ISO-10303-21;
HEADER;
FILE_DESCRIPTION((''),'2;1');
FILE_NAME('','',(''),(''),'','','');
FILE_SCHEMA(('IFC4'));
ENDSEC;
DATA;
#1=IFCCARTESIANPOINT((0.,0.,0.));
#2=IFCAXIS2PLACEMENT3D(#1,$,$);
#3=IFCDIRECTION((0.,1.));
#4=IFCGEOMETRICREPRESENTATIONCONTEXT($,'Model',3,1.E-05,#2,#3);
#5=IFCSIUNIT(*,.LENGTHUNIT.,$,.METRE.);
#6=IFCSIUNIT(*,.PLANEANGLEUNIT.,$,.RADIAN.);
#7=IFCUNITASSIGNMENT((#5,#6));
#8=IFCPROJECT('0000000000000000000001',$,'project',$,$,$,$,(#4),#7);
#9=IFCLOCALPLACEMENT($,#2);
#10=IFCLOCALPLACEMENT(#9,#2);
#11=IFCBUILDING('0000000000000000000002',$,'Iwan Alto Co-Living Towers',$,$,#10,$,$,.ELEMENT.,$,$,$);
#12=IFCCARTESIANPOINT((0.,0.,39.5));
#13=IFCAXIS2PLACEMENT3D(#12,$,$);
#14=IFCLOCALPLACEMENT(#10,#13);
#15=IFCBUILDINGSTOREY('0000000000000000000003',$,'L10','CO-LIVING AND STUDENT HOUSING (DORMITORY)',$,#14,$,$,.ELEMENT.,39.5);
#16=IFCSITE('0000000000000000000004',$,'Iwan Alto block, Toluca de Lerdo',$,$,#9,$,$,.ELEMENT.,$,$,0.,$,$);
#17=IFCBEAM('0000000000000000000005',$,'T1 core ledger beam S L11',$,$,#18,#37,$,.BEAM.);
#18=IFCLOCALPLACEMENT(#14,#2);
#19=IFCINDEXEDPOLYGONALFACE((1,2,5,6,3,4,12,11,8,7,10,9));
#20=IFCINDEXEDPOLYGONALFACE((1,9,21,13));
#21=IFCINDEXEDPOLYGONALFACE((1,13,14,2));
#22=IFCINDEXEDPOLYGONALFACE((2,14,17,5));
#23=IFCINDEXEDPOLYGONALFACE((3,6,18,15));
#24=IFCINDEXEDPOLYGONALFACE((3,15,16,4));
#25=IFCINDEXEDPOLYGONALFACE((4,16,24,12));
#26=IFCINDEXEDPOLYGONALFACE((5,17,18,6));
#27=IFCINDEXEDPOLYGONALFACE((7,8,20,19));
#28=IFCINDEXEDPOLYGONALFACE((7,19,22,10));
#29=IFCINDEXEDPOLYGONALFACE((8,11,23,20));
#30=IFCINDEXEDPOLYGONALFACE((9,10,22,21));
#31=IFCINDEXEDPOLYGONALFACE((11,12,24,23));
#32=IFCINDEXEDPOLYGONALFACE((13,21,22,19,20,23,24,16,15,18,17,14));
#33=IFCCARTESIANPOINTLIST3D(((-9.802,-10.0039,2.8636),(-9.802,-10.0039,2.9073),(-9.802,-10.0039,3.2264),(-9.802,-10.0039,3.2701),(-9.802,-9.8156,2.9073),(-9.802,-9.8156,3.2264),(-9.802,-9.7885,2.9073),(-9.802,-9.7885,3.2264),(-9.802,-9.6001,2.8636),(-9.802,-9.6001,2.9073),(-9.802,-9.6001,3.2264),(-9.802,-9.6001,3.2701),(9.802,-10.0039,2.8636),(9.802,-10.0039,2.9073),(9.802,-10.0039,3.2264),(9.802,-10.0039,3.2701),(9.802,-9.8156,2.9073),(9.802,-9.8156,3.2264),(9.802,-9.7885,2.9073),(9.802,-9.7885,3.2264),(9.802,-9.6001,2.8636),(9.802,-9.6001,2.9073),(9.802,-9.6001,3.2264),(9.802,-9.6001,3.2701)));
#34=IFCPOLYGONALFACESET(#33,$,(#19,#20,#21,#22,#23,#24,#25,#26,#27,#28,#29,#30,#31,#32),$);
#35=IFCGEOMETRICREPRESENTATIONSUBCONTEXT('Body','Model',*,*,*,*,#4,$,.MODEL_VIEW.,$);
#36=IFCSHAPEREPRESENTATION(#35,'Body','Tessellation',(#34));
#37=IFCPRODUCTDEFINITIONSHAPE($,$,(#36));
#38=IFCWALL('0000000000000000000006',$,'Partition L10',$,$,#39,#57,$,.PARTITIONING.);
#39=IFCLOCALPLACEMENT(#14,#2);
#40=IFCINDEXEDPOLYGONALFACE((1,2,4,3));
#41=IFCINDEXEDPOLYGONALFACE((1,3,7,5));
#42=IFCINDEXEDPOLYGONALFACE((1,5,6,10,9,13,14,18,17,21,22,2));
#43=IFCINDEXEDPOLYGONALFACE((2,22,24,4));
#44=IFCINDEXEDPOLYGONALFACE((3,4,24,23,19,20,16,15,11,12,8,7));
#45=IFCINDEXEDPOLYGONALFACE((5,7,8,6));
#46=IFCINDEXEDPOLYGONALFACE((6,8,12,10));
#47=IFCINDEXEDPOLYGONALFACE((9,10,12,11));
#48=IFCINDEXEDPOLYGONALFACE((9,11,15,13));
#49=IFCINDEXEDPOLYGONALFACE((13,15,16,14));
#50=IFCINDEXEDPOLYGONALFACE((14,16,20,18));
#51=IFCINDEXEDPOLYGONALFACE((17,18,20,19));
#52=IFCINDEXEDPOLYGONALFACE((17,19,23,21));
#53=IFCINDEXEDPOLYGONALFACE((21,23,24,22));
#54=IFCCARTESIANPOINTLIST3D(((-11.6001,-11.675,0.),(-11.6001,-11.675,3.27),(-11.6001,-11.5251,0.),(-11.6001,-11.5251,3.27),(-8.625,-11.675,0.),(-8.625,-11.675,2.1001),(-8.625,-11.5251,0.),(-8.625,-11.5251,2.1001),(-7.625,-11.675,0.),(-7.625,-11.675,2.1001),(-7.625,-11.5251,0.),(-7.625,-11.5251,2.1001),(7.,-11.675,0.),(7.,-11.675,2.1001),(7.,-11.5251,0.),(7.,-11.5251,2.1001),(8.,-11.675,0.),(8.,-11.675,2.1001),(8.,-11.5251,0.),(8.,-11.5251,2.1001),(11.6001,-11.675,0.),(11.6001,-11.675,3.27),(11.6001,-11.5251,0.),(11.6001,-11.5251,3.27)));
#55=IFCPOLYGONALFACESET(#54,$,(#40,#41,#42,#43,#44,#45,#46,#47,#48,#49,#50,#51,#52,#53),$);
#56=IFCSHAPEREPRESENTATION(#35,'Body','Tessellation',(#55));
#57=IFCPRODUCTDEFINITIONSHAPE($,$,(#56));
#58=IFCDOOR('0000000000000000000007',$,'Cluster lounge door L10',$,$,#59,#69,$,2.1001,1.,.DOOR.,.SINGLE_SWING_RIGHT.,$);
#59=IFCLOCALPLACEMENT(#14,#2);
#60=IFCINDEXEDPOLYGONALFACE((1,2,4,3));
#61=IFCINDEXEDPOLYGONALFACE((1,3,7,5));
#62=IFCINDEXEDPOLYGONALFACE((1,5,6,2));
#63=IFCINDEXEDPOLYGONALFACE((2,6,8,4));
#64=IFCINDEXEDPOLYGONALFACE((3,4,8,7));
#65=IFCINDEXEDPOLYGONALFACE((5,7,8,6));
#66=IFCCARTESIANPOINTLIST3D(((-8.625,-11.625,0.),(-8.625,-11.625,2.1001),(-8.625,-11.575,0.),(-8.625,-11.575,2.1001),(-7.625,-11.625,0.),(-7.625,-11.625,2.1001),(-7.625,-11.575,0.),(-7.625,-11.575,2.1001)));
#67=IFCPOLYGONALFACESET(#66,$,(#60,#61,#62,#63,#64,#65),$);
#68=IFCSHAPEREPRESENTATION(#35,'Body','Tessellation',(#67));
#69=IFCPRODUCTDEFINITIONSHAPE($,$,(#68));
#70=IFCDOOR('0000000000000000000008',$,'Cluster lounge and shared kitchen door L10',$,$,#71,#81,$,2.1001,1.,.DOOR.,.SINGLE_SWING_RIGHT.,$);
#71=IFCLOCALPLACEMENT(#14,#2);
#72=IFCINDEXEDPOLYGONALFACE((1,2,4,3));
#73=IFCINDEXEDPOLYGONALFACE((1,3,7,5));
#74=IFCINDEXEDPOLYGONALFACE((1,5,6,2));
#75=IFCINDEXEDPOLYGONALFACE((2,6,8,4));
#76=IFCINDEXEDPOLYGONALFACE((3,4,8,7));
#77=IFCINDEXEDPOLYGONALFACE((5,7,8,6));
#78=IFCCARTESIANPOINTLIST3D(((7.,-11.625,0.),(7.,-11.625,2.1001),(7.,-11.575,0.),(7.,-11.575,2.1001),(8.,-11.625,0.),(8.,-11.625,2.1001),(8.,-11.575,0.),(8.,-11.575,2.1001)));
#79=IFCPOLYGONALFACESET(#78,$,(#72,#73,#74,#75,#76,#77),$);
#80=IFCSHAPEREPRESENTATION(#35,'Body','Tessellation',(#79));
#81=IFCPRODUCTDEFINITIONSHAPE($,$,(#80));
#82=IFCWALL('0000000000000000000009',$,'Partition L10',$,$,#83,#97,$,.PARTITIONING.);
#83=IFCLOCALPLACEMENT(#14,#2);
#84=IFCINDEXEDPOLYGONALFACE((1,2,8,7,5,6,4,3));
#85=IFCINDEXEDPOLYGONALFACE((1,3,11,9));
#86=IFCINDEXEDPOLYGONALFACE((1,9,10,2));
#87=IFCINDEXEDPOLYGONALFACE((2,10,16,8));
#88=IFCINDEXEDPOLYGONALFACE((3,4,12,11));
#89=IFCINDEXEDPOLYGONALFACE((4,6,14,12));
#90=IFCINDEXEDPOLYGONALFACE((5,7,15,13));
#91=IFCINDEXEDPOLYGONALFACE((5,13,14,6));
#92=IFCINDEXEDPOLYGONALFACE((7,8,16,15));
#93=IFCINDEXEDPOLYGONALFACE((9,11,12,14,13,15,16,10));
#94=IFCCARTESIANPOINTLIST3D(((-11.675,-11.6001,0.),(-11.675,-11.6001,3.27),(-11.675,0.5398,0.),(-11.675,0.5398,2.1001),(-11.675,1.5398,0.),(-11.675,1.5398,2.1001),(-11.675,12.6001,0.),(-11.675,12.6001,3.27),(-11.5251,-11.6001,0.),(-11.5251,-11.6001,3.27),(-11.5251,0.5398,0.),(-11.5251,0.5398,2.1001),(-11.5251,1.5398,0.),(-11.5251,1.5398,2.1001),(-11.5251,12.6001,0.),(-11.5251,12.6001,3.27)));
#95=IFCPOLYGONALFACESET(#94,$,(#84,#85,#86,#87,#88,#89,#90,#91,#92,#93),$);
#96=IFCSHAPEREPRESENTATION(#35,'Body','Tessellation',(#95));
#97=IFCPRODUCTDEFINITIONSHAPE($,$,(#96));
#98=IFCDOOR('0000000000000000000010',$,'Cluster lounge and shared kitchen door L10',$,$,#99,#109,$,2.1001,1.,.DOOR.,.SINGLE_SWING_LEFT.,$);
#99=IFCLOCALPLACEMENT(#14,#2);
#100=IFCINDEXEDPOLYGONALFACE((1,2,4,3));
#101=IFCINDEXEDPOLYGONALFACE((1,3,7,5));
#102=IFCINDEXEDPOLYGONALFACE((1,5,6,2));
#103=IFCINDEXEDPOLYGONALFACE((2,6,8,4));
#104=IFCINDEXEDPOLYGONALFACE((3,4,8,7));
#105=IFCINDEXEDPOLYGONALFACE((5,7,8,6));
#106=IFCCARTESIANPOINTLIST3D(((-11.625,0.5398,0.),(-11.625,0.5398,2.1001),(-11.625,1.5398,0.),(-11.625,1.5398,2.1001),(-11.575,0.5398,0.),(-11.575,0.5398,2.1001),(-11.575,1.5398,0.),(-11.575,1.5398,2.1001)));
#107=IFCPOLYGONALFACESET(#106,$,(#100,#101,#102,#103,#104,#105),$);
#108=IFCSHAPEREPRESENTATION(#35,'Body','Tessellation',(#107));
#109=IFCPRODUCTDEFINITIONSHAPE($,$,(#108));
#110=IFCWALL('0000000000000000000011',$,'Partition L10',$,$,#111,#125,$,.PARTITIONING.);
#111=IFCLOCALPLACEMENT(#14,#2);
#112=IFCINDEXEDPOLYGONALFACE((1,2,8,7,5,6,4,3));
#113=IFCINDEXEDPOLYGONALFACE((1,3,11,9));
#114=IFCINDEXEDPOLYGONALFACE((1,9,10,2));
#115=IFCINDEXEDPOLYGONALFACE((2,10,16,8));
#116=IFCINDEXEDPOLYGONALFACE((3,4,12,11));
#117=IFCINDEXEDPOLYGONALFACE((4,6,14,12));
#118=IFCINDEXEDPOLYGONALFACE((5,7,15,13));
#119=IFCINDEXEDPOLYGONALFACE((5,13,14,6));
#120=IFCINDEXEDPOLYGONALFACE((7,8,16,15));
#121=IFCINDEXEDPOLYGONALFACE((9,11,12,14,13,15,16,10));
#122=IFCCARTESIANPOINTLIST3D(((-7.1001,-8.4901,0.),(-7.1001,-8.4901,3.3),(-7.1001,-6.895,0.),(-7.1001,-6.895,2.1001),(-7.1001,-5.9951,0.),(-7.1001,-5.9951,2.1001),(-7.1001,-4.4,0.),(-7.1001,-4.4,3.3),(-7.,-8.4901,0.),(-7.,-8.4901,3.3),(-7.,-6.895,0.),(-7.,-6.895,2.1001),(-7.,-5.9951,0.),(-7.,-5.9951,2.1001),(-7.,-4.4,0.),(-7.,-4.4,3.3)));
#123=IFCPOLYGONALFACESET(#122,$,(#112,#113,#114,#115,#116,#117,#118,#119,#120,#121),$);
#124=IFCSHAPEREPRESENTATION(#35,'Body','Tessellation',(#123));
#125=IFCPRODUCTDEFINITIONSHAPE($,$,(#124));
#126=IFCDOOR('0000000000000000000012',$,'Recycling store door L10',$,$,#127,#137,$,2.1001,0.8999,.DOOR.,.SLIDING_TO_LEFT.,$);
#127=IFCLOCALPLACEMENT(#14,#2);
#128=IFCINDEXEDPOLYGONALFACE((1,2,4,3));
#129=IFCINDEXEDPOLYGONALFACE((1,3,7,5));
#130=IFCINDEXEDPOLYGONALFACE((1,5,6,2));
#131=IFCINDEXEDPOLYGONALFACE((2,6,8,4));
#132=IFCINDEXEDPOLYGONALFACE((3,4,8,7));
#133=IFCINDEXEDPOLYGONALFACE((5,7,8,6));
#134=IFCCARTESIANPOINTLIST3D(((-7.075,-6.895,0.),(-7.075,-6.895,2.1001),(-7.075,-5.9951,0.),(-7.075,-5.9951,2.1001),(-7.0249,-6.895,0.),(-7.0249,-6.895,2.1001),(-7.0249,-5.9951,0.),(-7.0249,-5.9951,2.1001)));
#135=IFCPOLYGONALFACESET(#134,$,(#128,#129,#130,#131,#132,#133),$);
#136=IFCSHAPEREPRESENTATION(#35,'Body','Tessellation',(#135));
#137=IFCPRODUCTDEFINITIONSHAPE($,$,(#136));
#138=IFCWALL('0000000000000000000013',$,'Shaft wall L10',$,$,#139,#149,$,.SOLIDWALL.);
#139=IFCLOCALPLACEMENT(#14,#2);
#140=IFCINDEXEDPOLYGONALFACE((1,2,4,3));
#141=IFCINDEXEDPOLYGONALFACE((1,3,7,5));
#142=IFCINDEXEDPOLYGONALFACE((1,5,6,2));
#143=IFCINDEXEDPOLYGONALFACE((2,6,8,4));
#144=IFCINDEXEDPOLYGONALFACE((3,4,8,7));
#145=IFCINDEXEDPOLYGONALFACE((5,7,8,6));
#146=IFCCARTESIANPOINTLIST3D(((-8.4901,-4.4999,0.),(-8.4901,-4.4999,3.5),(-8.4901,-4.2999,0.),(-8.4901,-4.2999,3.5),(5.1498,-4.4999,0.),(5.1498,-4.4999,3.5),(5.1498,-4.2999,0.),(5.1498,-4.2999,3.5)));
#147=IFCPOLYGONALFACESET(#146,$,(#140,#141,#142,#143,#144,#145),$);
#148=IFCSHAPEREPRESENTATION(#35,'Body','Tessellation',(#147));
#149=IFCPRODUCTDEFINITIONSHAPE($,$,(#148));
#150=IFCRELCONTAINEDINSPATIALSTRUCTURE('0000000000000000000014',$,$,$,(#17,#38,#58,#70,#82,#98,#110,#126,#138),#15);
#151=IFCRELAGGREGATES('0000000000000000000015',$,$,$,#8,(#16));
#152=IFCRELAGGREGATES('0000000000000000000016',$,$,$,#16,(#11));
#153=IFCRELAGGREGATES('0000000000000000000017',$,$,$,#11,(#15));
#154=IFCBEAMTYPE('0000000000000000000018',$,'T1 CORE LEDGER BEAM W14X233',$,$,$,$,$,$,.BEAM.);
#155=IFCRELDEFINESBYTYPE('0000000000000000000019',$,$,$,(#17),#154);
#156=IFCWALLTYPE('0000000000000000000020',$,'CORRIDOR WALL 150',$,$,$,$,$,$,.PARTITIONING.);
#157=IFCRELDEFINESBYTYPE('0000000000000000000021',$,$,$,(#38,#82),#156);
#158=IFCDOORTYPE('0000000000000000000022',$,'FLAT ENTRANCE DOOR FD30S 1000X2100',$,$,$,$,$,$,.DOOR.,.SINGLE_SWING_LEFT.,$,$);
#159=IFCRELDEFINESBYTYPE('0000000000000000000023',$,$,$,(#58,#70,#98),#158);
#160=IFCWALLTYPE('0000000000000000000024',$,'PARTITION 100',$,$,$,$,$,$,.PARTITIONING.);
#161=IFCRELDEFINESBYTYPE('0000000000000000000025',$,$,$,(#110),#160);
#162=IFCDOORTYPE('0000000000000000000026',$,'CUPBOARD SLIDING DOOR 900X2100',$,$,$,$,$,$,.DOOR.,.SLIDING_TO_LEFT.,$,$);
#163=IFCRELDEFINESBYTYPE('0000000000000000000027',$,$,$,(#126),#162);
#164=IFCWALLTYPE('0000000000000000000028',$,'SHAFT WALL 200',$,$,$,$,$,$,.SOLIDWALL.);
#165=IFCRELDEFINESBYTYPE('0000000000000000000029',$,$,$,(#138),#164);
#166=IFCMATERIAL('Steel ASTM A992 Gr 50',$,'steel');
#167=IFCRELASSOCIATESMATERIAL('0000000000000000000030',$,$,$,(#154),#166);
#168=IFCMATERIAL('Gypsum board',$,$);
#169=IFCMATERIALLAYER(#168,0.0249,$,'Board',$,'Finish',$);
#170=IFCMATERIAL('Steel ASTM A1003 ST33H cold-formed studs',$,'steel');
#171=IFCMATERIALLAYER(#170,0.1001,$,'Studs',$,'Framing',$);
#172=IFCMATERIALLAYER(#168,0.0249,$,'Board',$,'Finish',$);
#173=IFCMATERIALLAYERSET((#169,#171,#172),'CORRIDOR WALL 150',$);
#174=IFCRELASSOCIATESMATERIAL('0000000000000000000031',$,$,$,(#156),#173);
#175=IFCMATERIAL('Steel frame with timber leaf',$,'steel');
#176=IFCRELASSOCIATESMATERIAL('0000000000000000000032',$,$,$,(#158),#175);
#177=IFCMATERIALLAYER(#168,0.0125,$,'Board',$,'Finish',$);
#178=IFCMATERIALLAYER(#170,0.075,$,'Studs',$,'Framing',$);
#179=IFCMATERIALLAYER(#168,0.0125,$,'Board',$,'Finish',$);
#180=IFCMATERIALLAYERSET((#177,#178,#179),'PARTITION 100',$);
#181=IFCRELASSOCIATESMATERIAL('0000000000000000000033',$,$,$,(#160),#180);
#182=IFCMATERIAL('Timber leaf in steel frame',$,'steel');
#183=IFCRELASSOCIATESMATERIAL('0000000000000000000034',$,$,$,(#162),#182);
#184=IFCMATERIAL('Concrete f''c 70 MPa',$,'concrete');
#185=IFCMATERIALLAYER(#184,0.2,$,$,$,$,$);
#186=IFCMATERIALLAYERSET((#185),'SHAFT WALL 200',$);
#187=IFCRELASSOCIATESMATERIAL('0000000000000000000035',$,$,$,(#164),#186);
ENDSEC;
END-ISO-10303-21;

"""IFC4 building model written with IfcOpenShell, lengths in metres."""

from ifc_helpers import new_model, si_unit, direction, frame, frame_2d, origin, origin_2d, place, context, subcontext, project, spatial, rectangle, i_section, extrude, material, layer, layer_set, material_profile, profile_set, type_object, element, fill, save


model = new_model("IFC4")

# Units and contexts
model_context = context("Model", 3, precision=1e-05, world=origin(), true_north=direction((0.0, 1.0)))
body_context = subcontext(model_context, "Body", "Model", "MODEL_VIEW")
ifc_project = project(units=[si_unit("LENGTHUNIT", "METRE"), si_unit("PLANEANGLEUNIT", "RADIAN")], contexts=[model_context])

# Site, building, storey
site_placement = place(None, origin())
site = spatial("IfcSite", under=ifc_project, at=site_placement, Name="Iwan Alto block, Toluca de Lerdo", CompositionType="ELEMENT", RefElevation=0.0)
building_placement = place(site_placement, origin())
building = spatial("IfcBuilding", under=site, at=building_placement, Name="Iwan Alto Co-Living Towers", CompositionType="ELEMENT")
storey_placement = place(building_placement, frame((0.0, 0.0, 39.5)))
storey = spatial("IfcBuildingStorey", under=building, at=storey_placement, Name="L10", Description="CO-LIVING AND STUDENT HOUSING (DORMITORY)", CompositionType="ELEMENT", Elevation=39.5)

# Beam
ifc_material_1 = material(Name="Steel ASTM A992 Gr 50", Category="steel")
ifc_material_profile = material_profile(ifc_material_1, i_section(OverallWidth=0.4038, OverallDepth=0.4065, WebThickness=0.0271, FlangeThickness=0.0437, at=origin_2d()), Name="W14X233")
ifc_profile_set = profile_set([ifc_material_profile], Name="Steel ASTM A992 Gr 50")
beam_type = type_object("IfcBeamType", Name="T1 CORE LEDGER BEAM W14X233", PredefinedType="BEAM", material=ifc_profile_set)
beam_placement = place(storey_placement, frame((-9.802, -9.802, 3.0669), z_axis=(1.0, 0.0, 0.0), x_axis=(0.0, 1.0, 0.0)))
element("IfcBeam", 1, at=beam_placement, inside=storey, type_object=beam_type, Name="T1 core ledger beam S L11", PredefinedType="BEAM", context=body_context, shape_type="SweptSolid", body=[
    extrude(i_section(OverallWidth=0.4038, OverallDepth=0.4065, WebThickness=0.0271, FlangeThickness=0.0437, at=origin_2d()), origin(), (0.0, 0.0, 1.0), 19.604),
])

# Wall, openings, doors
ifc_material_2 = material(Name="Gypsum board")
ifc_layer_1 = layer(ifc_material_2, 0.0249, Name="Board", Category="Finish")
ifc_material_3 = material(Name="Steel ASTM A1003 ST33H cold-formed studs", Category="steel")
ifc_layer_2 = layer(ifc_material_3, 0.1001, Name="Studs", Category="Framing")
ifc_layer_3 = layer(ifc_material_2, 0.0249, Name="Board", Category="Finish")
ifc_layer_set_1 = layer_set([ifc_layer_1, ifc_layer_2, ifc_layer_3], Name="CORRIDOR WALL 150")
wall_type_1 = type_object("IfcWallType", Name="CORRIDOR WALL 150", PredefinedType="PARTITIONING", material=ifc_layer_set_1)
wall_1_placement = place(storey_placement, frame((-11.6001, -11.6001, 0.0), z_axis=(0.0, 0.0, 1.0), x_axis=(1.0, 0.0, 0.0)))
wall_1 = element("IfcWall", 2, at=wall_1_placement, inside=storey, type_object=wall_type_1, Name="Partition L10", PredefinedType="PARTITIONING", context=body_context, shape_type="SweptSolid", body=[
    extrude(rectangle(XDim=23.2002, YDim=0.1499, at=frame_2d((11.6001, 0.0))), origin(), (0.0, 0.0, 1.0), 3.27),
])
opening_1_placement = place(wall_1_placement, frame((2.9751, 0.0, 0.0)))
opening_1 = element("IfcOpeningElement", 3, at=opening_1_placement, cuts=wall_1, PredefinedType="OPENING", context=body_context, shape_type="SweptSolid", body=[
    extrude(rectangle(XDim=1.0, YDim=2.1001, at=frame_2d((0.5, 1.05))), frame((0.0, 0.085, 0.0), z_axis=(0.0, -1.0, 0.0), x_axis=(1.0, 0.0, 0.0)), (0.0, 0.0, 1.0), 0.1699),
])
opening_2_placement = place(wall_1_placement, frame((18.6001, 0.0, 0.0)))
opening_2 = element("IfcOpeningElement", 4, at=opening_2_placement, cuts=wall_1, PredefinedType="OPENING", context=body_context, shape_type="SweptSolid", body=[
    extrude(rectangle(XDim=1.0, YDim=2.1001, at=frame_2d((0.5, 1.05))), frame((0.0, 0.085, 0.0), z_axis=(0.0, -1.0, 0.0), x_axis=(1.0, 0.0, 0.0)), (0.0, 0.0, 1.0), 0.1699),
])
ifc_material_4 = material(Name="Steel frame with timber leaf", Category="steel")
door_type_1 = type_object("IfcDoorType", Name="FLAT ENTRANCE DOOR FD30S 1000X2100", OperationType="SINGLE_SWING_LEFT", PredefinedType="DOOR", material=ifc_material_4)
door_1_placement = place(opening_1_placement, frame((1.0, 0.0, 0.0), z_axis=(0.0, 0.0, 1.0), x_axis=(-1.0, 0.0, 0.0)))
door_1 = element("IfcDoor", 5, at=door_1_placement, inside=storey, type_object=door_type_1, Name="Cluster lounge door L10", OperationType="SINGLE_SWING_RIGHT", OverallHeight=2.1001, OverallWidth=1.0, PredefinedType="DOOR", context=body_context, shape_type="SweptSolid", body=[
    extrude(rectangle(XDim=1.0, YDim=2.1001, at=frame_2d((0.5, 1.05))), frame((0.0, 0.0249, 0.0), z_axis=(0.0, -1.0, 0.0), x_axis=(1.0, 0.0, 0.0)), (0.0, 0.0, 1.0), 0.05),
])
fill(opening_1, door_1)
door_2_placement = place(opening_2_placement, frame((1.0, 0.0, 0.0), z_axis=(0.0, 0.0, 1.0), x_axis=(-1.0, 0.0, 0.0)))
door_2 = element("IfcDoor", 6, at=door_2_placement, inside=storey, type_object=door_type_1, Name="Cluster lounge and shared kitchen door L10", OperationType="SINGLE_SWING_RIGHT", OverallHeight=2.1001, OverallWidth=1.0, PredefinedType="DOOR", context=body_context, shape_type="SweptSolid", body=[
    extrude(rectangle(XDim=1.0, YDim=2.1001, at=frame_2d((0.5, 1.05))), frame((0.0, 0.0249, 0.0), z_axis=(0.0, -1.0, 0.0), x_axis=(1.0, 0.0, 0.0)), (0.0, 0.0, 1.0), 0.05),
])
fill(opening_2, door_2)

# Walls, openings, doors
wall_2_placement = place(storey_placement, frame((-11.6001, -11.6001, 0.0), z_axis=(0.0, 0.0, 1.0), x_axis=(0.0, 1.0, 0.0)))
wall_2 = element("IfcWall", 7, at=wall_2_placement, inside=storey, type_object=wall_type_1, Name="Partition L10", PredefinedType="PARTITIONING", context=body_context, shape_type="SweptSolid", body=[
    extrude(rectangle(XDim=24.2002, YDim=0.1499, at=frame_2d((12.1001, 0.0))), origin(), (0.0, 0.0, 1.0), 3.27),
])
opening_3_placement = place(wall_2_placement, frame((12.1399, 0.0, 0.0)))
opening_3 = element("IfcOpeningElement", 8, at=opening_3_placement, cuts=wall_2, PredefinedType="OPENING", context=body_context, shape_type="SweptSolid", body=[
    extrude(rectangle(XDim=1.0, YDim=2.1001, at=frame_2d((0.5, 1.05))), frame((0.0, 0.085, 0.0), z_axis=(0.0, -1.0, 0.0), x_axis=(1.0, 0.0, 0.0)), (0.0, 0.0, 1.0), 0.1699),
])
door_3_placement = place(opening_3_placement, origin())
door_3 = element("IfcDoor", 9, at=door_3_placement, inside=storey, type_object=door_type_1, Name="Cluster lounge and shared kitchen door L10", OperationType="SINGLE_SWING_LEFT", OverallHeight=2.1001, OverallWidth=1.0, PredefinedType="DOOR", context=body_context, shape_type="SweptSolid", body=[
    extrude(rectangle(XDim=1.0, YDim=2.1001, at=frame_2d((0.5, 1.05))), frame((0.0, 0.0249, 0.0), z_axis=(0.0, -1.0, 0.0), x_axis=(1.0, 0.0, 0.0)), (0.0, 0.0, 1.0), 0.05),
])
fill(opening_3, door_3)
ifc_layer_4 = layer(ifc_material_2, 0.0125, Name="Board", Category="Finish")
ifc_layer_5 = layer(ifc_material_3, 0.075, Name="Studs", Category="Framing")
ifc_layer_6 = layer(ifc_material_2, 0.0125, Name="Board", Category="Finish")
ifc_layer_set_2 = layer_set([ifc_layer_4, ifc_layer_5, ifc_layer_6], Name="PARTITION 100")
wall_type_2 = type_object("IfcWallType", Name="PARTITION 100", PredefinedType="PARTITIONING", material=ifc_layer_set_2)
wall_3_placement = place(storey_placement, frame((-7.05, -8.49, 0.0), z_axis=(0.0, 0.0, 1.0), x_axis=(0.0, 1.0, 0.0)))
wall_3 = element("IfcWall", 10, at=wall_3_placement, inside=storey, type_object=wall_type_2, Name="Partition L10", PredefinedType="PARTITIONING", context=body_context, shape_type="SweptSolid", body=[
    extrude(rectangle(XDim=4.0901, YDim=0.1001, at=frame_2d((2.0449, 0.0))), origin(), (0.0, 0.0, 1.0), 3.3),
])
opening_4_placement = place(wall_3_placement, frame((1.595, 0.0, 0.0)))
opening_4 = element("IfcOpeningElement", 11, at=opening_4_placement, cuts=wall_3, PredefinedType="OPENING", context=body_context, shape_type="SweptSolid", body=[
    extrude(rectangle(XDim=0.8999, YDim=2.1001, at=frame_2d((0.45, 1.05))), frame((0.0, 0.0601, 0.0), z_axis=(0.0, -1.0, 0.0), x_axis=(1.0, 0.0, 0.0)), (0.0, 0.0, 1.0), 0.1201),
])
ifc_material_5 = material(Name="Timber leaf in steel frame", Category="steel")
door_type_2 = type_object("IfcDoorType", Name="CUPBOARD SLIDING DOOR 900X2100", OperationType="SLIDING_TO_LEFT", PredefinedType="DOOR", material=ifc_material_5)
door_4_placement = place(opening_4_placement, origin())
door_4 = element("IfcDoor", 12, at=door_4_placement, inside=storey, type_object=door_type_2, Name="Recycling store door L10", OperationType="SLIDING_TO_LEFT", OverallHeight=2.1001, OverallWidth=0.8999, PredefinedType="DOOR", context=body_context, shape_type="SweptSolid", body=[
    extrude(rectangle(XDim=0.8999, YDim=2.1001, at=frame_2d((0.45, 1.05))), frame((0.0, 0.0249, 0.0), z_axis=(0.0, -1.0, 0.0), x_axis=(1.0, 0.0, 0.0)), (0.0, 0.0, 1.0), 0.05),
])
fill(opening_4, door_4)

# Wall
ifc_material_6 = material(Name="Concrete f'c 70 MPa", Category="concrete")
ifc_layer_7 = layer(ifc_material_6, 0.2)
ifc_layer_set_3 = layer_set([ifc_layer_7], Name="SHAFT WALL 200")
wall_type_3 = type_object("IfcWallType", Name="SHAFT WALL 200", PredefinedType="SOLIDWALL", material=ifc_layer_set_3)
wall_4_placement = place(storey_placement, frame((-8.49, -4.3999, 0.0), z_axis=(0.0, 0.0, 1.0), x_axis=(1.0, 0.0, 0.0)))
element("IfcWall", 13, at=wall_4_placement, inside=storey, type_object=wall_type_3, Name="Shaft wall L10", PredefinedType="SOLIDWALL", context=body_context, shape_type="SweptSolid", body=[
    extrude(rectangle(XDim=13.6399, YDim=0.2, at=frame_2d((6.8198, 0.0))), origin(), (0.0, 0.0, 1.0), 3.5),
])

save(model, "model.ifc")
